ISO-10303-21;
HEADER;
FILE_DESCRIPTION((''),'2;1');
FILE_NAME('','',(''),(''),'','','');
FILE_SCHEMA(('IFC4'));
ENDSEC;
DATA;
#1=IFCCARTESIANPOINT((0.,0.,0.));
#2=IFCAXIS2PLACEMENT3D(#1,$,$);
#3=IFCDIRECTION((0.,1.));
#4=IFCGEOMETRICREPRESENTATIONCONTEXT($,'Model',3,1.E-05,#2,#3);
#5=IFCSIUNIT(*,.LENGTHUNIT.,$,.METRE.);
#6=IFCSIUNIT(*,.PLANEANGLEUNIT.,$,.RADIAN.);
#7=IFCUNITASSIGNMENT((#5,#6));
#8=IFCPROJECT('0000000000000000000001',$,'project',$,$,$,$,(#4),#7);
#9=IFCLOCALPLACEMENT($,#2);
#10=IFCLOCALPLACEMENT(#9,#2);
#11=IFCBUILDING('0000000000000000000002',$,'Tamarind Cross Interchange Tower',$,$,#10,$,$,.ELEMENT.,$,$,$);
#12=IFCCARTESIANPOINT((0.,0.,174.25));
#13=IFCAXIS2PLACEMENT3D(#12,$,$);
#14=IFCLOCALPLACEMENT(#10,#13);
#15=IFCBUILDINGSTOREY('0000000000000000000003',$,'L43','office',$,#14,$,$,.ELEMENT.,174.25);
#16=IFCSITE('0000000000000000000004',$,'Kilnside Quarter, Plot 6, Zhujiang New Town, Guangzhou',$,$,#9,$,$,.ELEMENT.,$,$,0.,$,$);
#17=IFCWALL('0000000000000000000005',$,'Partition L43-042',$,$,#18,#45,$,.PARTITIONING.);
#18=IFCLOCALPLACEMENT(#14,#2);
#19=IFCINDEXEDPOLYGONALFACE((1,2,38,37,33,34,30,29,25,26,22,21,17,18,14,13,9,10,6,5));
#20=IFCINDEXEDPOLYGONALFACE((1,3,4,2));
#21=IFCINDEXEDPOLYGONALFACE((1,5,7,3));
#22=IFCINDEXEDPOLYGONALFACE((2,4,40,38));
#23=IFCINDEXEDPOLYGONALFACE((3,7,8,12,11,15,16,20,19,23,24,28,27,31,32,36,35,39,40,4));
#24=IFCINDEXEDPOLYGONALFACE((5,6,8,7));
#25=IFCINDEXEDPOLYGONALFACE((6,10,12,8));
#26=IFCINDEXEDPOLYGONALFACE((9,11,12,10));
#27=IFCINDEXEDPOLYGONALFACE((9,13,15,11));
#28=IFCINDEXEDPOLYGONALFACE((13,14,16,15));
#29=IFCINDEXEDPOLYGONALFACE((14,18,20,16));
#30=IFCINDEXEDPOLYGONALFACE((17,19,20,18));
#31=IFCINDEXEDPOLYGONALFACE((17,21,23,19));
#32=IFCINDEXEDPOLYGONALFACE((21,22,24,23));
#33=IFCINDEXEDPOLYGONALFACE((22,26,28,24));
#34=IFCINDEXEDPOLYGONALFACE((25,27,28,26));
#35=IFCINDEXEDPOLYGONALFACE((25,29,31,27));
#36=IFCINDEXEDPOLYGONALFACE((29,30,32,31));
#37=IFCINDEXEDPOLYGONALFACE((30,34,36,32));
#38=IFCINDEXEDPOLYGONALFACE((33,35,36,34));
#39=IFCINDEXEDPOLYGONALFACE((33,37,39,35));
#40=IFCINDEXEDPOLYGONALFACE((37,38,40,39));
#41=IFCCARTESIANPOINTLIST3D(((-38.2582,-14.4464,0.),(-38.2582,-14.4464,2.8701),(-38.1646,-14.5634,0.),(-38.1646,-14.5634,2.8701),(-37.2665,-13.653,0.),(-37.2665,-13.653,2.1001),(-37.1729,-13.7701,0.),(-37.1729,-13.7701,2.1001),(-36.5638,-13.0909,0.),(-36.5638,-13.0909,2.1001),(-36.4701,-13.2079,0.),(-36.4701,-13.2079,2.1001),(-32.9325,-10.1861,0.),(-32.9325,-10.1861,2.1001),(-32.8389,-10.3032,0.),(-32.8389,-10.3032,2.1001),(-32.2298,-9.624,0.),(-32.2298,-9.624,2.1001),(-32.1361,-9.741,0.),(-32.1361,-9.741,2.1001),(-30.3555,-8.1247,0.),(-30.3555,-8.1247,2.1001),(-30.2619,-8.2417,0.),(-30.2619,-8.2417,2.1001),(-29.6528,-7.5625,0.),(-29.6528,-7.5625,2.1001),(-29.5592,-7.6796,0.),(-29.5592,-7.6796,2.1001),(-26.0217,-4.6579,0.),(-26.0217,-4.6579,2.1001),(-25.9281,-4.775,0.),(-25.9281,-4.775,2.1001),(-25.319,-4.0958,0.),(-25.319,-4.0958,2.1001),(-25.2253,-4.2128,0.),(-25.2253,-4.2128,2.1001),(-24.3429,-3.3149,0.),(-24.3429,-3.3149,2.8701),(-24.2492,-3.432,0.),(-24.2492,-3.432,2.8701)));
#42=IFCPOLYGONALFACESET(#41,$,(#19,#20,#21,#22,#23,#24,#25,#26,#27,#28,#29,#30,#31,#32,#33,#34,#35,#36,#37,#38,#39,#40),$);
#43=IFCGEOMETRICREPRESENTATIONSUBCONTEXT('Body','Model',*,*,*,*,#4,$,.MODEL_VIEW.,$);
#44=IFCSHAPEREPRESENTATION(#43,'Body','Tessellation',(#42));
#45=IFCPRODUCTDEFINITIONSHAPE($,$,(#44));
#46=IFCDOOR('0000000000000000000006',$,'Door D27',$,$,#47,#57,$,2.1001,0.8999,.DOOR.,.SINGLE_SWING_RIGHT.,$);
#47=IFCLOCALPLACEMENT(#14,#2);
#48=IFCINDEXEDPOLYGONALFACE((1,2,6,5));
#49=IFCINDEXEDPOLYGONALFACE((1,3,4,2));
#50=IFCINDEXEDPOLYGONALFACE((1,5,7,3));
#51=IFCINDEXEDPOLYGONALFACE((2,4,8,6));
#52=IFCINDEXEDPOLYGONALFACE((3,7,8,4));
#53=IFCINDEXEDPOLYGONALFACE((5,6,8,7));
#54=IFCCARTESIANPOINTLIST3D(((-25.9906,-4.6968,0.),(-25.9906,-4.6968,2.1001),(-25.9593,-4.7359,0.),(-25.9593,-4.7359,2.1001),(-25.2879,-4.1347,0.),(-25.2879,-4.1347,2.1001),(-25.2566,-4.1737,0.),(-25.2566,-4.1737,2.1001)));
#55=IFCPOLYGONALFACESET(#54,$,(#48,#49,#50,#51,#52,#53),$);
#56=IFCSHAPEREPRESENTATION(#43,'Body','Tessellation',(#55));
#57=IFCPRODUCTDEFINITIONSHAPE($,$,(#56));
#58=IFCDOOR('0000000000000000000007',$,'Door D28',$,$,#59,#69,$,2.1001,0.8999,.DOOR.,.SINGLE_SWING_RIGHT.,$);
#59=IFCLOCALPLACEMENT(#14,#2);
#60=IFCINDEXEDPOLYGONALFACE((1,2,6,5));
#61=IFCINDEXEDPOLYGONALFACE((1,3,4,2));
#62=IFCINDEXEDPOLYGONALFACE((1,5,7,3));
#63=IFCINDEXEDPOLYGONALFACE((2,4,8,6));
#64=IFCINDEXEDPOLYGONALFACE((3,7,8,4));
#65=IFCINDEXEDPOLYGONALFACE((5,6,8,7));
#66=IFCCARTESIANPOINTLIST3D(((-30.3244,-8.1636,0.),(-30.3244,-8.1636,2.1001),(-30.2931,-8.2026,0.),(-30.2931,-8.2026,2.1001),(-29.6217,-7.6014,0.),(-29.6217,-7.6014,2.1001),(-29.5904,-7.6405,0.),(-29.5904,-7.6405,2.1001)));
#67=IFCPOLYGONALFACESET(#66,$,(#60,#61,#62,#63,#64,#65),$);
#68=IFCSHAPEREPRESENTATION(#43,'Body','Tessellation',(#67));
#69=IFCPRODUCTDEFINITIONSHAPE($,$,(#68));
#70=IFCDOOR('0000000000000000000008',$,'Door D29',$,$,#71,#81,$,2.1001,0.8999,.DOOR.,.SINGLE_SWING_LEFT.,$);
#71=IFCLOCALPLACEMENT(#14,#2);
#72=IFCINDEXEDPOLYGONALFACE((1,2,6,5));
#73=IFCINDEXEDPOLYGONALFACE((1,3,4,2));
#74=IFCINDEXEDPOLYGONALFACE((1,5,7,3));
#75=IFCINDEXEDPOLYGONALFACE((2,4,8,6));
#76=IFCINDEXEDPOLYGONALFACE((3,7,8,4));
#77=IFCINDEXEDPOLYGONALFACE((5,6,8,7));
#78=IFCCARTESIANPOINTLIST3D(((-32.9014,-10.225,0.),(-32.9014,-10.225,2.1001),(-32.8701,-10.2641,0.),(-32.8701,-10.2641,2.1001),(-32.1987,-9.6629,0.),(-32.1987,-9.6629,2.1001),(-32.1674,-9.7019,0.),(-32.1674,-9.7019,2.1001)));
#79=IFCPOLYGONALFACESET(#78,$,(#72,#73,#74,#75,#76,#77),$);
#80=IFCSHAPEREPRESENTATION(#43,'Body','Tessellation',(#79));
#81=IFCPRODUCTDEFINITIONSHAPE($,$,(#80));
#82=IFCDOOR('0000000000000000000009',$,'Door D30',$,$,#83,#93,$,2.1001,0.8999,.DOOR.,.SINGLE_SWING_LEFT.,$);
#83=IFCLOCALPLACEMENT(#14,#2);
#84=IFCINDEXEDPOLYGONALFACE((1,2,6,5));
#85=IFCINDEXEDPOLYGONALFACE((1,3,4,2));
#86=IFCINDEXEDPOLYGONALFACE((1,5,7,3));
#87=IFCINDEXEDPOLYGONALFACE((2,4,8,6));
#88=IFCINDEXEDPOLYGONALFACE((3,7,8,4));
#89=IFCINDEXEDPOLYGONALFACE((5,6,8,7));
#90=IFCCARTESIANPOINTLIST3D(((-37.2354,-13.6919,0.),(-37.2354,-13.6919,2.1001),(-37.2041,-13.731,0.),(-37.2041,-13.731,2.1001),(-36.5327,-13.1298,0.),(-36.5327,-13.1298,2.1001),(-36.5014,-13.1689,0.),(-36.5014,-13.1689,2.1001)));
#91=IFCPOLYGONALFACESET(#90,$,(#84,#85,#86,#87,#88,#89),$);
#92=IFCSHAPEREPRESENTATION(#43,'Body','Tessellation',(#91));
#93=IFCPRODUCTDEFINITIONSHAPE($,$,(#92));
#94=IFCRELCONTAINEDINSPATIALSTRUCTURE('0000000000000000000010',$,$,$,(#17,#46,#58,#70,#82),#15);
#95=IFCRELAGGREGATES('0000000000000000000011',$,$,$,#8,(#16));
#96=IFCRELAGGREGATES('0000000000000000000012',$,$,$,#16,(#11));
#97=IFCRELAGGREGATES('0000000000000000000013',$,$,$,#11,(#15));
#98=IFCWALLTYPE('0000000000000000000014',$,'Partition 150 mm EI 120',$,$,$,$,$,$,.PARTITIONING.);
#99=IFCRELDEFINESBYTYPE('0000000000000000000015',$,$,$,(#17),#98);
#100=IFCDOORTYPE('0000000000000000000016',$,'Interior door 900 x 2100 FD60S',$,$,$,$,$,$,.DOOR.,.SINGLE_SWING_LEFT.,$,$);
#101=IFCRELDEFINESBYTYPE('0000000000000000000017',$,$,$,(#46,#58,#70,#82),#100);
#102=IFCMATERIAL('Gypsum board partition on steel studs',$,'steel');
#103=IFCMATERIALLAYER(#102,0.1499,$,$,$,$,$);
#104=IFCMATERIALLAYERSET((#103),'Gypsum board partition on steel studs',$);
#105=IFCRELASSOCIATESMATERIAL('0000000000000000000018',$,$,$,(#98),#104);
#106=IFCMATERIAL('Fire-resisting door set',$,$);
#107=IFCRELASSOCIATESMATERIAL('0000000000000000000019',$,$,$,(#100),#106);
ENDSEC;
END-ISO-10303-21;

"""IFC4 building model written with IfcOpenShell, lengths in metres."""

from ifc_helpers import new_model, si_unit, direction, frame, frame_2d, origin, place, context, subcontext, project, spatial, rectangle, extrude, material, layer, layer_set, type_object, element, fill, save


model = new_model("IFC4")

# Units and contexts
model_context = context("Model", 3, precision=1e-05, world=origin(), true_north=direction((0.0, 1.0)))
body_context = subcontext(model_context, "Body", "Model", "MODEL_VIEW")
ifc_project = project(units=[si_unit("LENGTHUNIT", "METRE"), si_unit("PLANEANGLEUNIT", "RADIAN")], contexts=[model_context])

# Site, building, storey
site_placement = place(None, origin())
site = spatial("IfcSite", under=ifc_project, at=site_placement, Name="Kilnside Quarter, Plot 6, Zhujiang New Town, Guangzhou", CompositionType="ELEMENT", RefElevation=0.0)
building_placement = place(site_placement, origin())
building = spatial("IfcBuilding", under=site, at=building_placement, Name="Tamarind Cross Interchange Tower", CompositionType="ELEMENT")
storey_placement = place(building_placement, frame((0.0, 0.0, 174.25)))
storey = spatial("IfcBuildingStorey", under=building, at=storey_placement, Name="L43", Description="office", CompositionType="ELEMENT", Elevation=174.25)

# Shared definitions
ifc_material_1 = material(Name="Gypsum board partition on steel studs", Category="steel")

# Shared definitions
ifc_layer_1 = layer(ifc_material_1, 0.1499)
ifc_layer_set_1 = layer_set([ifc_layer_1], Name="Gypsum board partition on steel studs")
wall_type_1 = type_object("IfcWallType", Name="Partition 150 mm EI 120", PredefinedType="PARTITIONING", material=ifc_layer_set_1)
ifc_material_2 = material(Name="Fire-resisting door set")

# Wall, openings, doors
wall_1_placement = place(storey_placement, frame((-38.2114, -14.5049, 0.0), z_axis=(0.0, 0.0, 1.0), x_axis=(0.780893, 0.624665, 0.0)))
wall_1 = element("IfcWall", 1, at=wall_1_placement, inside=storey, type_object=wall_type_1, Name="Partition L43-042", PredefinedType="PARTITIONING", context=body_context, shape_type="SweptSolid", body=[
    extrude(rectangle(XDim=17.8198, YDim=0.1499, at=frame_2d((8.9099, 0.0))), origin(), (0.0, 0.0, 1.0), 2.8701),
])
opening_1_placement = place(wall_1_placement, frame((15.6699, 0.0, 0.0)))
opening_1 = element("IfcOpeningElement", 2, at=opening_1_placement, cuts=wall_1, PredefinedType="OPENING", context=body_context, shape_type="SweptSolid", body=[
    extrude(rectangle(XDim=0.8999, YDim=2.1001, at=frame_2d((0.45, 1.05))), frame((0.0, 0.085, 0.0), z_axis=(0.0, -1.0, 0.0), x_axis=(1.0, 0.0, 0.0)), (0.0, 0.0, 1.0), 0.1699),
])
opening_2_placement = place(wall_1_placement, frame((10.1201, 0.0, 0.0)))
opening_2 = element("IfcOpeningElement", 3, at=opening_2_placement, cuts=wall_1, PredefinedType="OPENING", context=body_context, shape_type="SweptSolid", body=[
    extrude(rectangle(XDim=0.8999, YDim=2.1001, at=frame_2d((0.45, 1.05))), frame((0.0, 0.085, 0.0), z_axis=(0.0, -1.0, 0.0), x_axis=(1.0, 0.0, 0.0)), (0.0, 0.0, 1.0), 0.1699),
])
opening_3_placement = place(wall_1_placement, frame((6.8201, 0.0, 0.0)))
opening_3 = element("IfcOpeningElement", 4, at=opening_3_placement, cuts=wall_1, PredefinedType="OPENING", context=body_context, shape_type="SweptSolid", body=[
    extrude(rectangle(XDim=0.8999, YDim=2.1001, at=frame_2d((0.45, 1.05))), frame((0.0, 0.085, 0.0), z_axis=(0.0, -1.0, 0.0), x_axis=(1.0, 0.0, 0.0)), (0.0, 0.0, 1.0), 0.1699),
])
opening_4_placement = place(wall_1_placement, frame((1.27, 0.0, 0.0)))
opening_4 = element("IfcOpeningElement", 5, at=opening_4_placement, cuts=wall_1, PredefinedType="OPENING", context=body_context, shape_type="SweptSolid", body=[
    extrude(rectangle(XDim=0.8999, YDim=2.1001, at=frame_2d((0.45, 1.05))), frame((0.0, 0.085, 0.0), z_axis=(0.0, -1.0, 0.0), x_axis=(1.0, 0.0, 0.0)), (0.0, 0.0, 1.0), 0.1699),
])
door_type_1 = type_object("IfcDoorType", Name="Interior door 900 x 2100 FD60S", OperationType="SINGLE_SWING_LEFT", PredefinedType="DOOR", material=ifc_material_2)
door_1_placement = place(opening_1_placement, frame((0.8999, 0.0, 0.0), z_axis=(0.0, 0.0, 1.0), x_axis=(-1.0, 0.0, 0.0)))
door_1 = element("IfcDoor", 6, at=door_1_placement, inside=storey, type_object=door_type_1, Name="Door D27", OperationType="SINGLE_SWING_RIGHT", OverallHeight=2.1001, OverallWidth=0.8999, PredefinedType="DOOR", context=body_context, shape_type="SweptSolid", body=[
    extrude(rectangle(XDim=0.8999, YDim=2.1001, at=frame_2d((0.45, 1.05))), frame((0.0, 0.0249, 0.0), z_axis=(0.0, -1.0, 0.0), x_axis=(1.0, 0.0, 0.0)), (0.0, 0.0, 1.0), 0.05),
])
fill(opening_1, door_1)
door_2_placement = place(opening_2_placement, frame((0.8999, 0.0, 0.0), z_axis=(0.0, 0.0, 1.0), x_axis=(-1.0, 0.0, 0.0)))
door_2 = element("IfcDoor", 7, at=door_2_placement, inside=storey, type_object=door_type_1, Name="Door D28", OperationType="SINGLE_SWING_RIGHT", OverallHeight=2.1001, OverallWidth=0.8999, PredefinedType="DOOR", context=body_context, shape_type="SweptSolid", body=[
    extrude(rectangle(XDim=0.8999, YDim=2.1001, at=frame_2d((0.45, 1.05))), frame((0.0, 0.0249, 0.0), z_axis=(0.0, -1.0, 0.0), x_axis=(1.0, 0.0, 0.0)), (0.0, 0.0, 1.0), 0.05),
])
fill(opening_2, door_2)
door_3_placement = place(opening_3_placement, frame((0.8999, 0.0, 0.0), z_axis=(0.0, 0.0, 1.0), x_axis=(-1.0, 0.0, 0.0)))
door_3 = element("IfcDoor", 8, at=door_3_placement, inside=storey, type_object=door_type_1, Name="Door D29", OperationType="SINGLE_SWING_LEFT", OverallHeight=2.1001, OverallWidth=0.8999, PredefinedType="DOOR", context=body_context, shape_type="SweptSolid", body=[
    extrude(rectangle(XDim=0.8999, YDim=2.1001, at=frame_2d((0.45, 1.05))), frame((0.0, 0.0249, 0.0), z_axis=(0.0, -1.0, 0.0), x_axis=(1.0, 0.0, 0.0)), (0.0, 0.0, 1.0), 0.05),
])
fill(opening_3, door_3)
door_4_placement = place(opening_4_placement, frame((0.8999, 0.0, 0.0), z_axis=(0.0, 0.0, 1.0), x_axis=(-1.0, 0.0, 0.0)))
door_4 = element("IfcDoor", 9, at=door_4_placement, inside=storey, type_object=door_type_1, Name="Door D30", OperationType="SINGLE_SWING_LEFT", OverallHeight=2.1001, OverallWidth=0.8999, PredefinedType="DOOR", context=body_context, shape_type="SweptSolid", body=[
    extrude(rectangle(XDim=0.8999, YDim=2.1001, at=frame_2d((0.45, 1.05))), frame((0.0, 0.0249, 0.0), z_axis=(0.0, -1.0, 0.0), x_axis=(1.0, 0.0, 0.0)), (0.0, 0.0, 1.0), 0.05),
])
fill(opening_4, door_4)

save(model, "model.ifc")
